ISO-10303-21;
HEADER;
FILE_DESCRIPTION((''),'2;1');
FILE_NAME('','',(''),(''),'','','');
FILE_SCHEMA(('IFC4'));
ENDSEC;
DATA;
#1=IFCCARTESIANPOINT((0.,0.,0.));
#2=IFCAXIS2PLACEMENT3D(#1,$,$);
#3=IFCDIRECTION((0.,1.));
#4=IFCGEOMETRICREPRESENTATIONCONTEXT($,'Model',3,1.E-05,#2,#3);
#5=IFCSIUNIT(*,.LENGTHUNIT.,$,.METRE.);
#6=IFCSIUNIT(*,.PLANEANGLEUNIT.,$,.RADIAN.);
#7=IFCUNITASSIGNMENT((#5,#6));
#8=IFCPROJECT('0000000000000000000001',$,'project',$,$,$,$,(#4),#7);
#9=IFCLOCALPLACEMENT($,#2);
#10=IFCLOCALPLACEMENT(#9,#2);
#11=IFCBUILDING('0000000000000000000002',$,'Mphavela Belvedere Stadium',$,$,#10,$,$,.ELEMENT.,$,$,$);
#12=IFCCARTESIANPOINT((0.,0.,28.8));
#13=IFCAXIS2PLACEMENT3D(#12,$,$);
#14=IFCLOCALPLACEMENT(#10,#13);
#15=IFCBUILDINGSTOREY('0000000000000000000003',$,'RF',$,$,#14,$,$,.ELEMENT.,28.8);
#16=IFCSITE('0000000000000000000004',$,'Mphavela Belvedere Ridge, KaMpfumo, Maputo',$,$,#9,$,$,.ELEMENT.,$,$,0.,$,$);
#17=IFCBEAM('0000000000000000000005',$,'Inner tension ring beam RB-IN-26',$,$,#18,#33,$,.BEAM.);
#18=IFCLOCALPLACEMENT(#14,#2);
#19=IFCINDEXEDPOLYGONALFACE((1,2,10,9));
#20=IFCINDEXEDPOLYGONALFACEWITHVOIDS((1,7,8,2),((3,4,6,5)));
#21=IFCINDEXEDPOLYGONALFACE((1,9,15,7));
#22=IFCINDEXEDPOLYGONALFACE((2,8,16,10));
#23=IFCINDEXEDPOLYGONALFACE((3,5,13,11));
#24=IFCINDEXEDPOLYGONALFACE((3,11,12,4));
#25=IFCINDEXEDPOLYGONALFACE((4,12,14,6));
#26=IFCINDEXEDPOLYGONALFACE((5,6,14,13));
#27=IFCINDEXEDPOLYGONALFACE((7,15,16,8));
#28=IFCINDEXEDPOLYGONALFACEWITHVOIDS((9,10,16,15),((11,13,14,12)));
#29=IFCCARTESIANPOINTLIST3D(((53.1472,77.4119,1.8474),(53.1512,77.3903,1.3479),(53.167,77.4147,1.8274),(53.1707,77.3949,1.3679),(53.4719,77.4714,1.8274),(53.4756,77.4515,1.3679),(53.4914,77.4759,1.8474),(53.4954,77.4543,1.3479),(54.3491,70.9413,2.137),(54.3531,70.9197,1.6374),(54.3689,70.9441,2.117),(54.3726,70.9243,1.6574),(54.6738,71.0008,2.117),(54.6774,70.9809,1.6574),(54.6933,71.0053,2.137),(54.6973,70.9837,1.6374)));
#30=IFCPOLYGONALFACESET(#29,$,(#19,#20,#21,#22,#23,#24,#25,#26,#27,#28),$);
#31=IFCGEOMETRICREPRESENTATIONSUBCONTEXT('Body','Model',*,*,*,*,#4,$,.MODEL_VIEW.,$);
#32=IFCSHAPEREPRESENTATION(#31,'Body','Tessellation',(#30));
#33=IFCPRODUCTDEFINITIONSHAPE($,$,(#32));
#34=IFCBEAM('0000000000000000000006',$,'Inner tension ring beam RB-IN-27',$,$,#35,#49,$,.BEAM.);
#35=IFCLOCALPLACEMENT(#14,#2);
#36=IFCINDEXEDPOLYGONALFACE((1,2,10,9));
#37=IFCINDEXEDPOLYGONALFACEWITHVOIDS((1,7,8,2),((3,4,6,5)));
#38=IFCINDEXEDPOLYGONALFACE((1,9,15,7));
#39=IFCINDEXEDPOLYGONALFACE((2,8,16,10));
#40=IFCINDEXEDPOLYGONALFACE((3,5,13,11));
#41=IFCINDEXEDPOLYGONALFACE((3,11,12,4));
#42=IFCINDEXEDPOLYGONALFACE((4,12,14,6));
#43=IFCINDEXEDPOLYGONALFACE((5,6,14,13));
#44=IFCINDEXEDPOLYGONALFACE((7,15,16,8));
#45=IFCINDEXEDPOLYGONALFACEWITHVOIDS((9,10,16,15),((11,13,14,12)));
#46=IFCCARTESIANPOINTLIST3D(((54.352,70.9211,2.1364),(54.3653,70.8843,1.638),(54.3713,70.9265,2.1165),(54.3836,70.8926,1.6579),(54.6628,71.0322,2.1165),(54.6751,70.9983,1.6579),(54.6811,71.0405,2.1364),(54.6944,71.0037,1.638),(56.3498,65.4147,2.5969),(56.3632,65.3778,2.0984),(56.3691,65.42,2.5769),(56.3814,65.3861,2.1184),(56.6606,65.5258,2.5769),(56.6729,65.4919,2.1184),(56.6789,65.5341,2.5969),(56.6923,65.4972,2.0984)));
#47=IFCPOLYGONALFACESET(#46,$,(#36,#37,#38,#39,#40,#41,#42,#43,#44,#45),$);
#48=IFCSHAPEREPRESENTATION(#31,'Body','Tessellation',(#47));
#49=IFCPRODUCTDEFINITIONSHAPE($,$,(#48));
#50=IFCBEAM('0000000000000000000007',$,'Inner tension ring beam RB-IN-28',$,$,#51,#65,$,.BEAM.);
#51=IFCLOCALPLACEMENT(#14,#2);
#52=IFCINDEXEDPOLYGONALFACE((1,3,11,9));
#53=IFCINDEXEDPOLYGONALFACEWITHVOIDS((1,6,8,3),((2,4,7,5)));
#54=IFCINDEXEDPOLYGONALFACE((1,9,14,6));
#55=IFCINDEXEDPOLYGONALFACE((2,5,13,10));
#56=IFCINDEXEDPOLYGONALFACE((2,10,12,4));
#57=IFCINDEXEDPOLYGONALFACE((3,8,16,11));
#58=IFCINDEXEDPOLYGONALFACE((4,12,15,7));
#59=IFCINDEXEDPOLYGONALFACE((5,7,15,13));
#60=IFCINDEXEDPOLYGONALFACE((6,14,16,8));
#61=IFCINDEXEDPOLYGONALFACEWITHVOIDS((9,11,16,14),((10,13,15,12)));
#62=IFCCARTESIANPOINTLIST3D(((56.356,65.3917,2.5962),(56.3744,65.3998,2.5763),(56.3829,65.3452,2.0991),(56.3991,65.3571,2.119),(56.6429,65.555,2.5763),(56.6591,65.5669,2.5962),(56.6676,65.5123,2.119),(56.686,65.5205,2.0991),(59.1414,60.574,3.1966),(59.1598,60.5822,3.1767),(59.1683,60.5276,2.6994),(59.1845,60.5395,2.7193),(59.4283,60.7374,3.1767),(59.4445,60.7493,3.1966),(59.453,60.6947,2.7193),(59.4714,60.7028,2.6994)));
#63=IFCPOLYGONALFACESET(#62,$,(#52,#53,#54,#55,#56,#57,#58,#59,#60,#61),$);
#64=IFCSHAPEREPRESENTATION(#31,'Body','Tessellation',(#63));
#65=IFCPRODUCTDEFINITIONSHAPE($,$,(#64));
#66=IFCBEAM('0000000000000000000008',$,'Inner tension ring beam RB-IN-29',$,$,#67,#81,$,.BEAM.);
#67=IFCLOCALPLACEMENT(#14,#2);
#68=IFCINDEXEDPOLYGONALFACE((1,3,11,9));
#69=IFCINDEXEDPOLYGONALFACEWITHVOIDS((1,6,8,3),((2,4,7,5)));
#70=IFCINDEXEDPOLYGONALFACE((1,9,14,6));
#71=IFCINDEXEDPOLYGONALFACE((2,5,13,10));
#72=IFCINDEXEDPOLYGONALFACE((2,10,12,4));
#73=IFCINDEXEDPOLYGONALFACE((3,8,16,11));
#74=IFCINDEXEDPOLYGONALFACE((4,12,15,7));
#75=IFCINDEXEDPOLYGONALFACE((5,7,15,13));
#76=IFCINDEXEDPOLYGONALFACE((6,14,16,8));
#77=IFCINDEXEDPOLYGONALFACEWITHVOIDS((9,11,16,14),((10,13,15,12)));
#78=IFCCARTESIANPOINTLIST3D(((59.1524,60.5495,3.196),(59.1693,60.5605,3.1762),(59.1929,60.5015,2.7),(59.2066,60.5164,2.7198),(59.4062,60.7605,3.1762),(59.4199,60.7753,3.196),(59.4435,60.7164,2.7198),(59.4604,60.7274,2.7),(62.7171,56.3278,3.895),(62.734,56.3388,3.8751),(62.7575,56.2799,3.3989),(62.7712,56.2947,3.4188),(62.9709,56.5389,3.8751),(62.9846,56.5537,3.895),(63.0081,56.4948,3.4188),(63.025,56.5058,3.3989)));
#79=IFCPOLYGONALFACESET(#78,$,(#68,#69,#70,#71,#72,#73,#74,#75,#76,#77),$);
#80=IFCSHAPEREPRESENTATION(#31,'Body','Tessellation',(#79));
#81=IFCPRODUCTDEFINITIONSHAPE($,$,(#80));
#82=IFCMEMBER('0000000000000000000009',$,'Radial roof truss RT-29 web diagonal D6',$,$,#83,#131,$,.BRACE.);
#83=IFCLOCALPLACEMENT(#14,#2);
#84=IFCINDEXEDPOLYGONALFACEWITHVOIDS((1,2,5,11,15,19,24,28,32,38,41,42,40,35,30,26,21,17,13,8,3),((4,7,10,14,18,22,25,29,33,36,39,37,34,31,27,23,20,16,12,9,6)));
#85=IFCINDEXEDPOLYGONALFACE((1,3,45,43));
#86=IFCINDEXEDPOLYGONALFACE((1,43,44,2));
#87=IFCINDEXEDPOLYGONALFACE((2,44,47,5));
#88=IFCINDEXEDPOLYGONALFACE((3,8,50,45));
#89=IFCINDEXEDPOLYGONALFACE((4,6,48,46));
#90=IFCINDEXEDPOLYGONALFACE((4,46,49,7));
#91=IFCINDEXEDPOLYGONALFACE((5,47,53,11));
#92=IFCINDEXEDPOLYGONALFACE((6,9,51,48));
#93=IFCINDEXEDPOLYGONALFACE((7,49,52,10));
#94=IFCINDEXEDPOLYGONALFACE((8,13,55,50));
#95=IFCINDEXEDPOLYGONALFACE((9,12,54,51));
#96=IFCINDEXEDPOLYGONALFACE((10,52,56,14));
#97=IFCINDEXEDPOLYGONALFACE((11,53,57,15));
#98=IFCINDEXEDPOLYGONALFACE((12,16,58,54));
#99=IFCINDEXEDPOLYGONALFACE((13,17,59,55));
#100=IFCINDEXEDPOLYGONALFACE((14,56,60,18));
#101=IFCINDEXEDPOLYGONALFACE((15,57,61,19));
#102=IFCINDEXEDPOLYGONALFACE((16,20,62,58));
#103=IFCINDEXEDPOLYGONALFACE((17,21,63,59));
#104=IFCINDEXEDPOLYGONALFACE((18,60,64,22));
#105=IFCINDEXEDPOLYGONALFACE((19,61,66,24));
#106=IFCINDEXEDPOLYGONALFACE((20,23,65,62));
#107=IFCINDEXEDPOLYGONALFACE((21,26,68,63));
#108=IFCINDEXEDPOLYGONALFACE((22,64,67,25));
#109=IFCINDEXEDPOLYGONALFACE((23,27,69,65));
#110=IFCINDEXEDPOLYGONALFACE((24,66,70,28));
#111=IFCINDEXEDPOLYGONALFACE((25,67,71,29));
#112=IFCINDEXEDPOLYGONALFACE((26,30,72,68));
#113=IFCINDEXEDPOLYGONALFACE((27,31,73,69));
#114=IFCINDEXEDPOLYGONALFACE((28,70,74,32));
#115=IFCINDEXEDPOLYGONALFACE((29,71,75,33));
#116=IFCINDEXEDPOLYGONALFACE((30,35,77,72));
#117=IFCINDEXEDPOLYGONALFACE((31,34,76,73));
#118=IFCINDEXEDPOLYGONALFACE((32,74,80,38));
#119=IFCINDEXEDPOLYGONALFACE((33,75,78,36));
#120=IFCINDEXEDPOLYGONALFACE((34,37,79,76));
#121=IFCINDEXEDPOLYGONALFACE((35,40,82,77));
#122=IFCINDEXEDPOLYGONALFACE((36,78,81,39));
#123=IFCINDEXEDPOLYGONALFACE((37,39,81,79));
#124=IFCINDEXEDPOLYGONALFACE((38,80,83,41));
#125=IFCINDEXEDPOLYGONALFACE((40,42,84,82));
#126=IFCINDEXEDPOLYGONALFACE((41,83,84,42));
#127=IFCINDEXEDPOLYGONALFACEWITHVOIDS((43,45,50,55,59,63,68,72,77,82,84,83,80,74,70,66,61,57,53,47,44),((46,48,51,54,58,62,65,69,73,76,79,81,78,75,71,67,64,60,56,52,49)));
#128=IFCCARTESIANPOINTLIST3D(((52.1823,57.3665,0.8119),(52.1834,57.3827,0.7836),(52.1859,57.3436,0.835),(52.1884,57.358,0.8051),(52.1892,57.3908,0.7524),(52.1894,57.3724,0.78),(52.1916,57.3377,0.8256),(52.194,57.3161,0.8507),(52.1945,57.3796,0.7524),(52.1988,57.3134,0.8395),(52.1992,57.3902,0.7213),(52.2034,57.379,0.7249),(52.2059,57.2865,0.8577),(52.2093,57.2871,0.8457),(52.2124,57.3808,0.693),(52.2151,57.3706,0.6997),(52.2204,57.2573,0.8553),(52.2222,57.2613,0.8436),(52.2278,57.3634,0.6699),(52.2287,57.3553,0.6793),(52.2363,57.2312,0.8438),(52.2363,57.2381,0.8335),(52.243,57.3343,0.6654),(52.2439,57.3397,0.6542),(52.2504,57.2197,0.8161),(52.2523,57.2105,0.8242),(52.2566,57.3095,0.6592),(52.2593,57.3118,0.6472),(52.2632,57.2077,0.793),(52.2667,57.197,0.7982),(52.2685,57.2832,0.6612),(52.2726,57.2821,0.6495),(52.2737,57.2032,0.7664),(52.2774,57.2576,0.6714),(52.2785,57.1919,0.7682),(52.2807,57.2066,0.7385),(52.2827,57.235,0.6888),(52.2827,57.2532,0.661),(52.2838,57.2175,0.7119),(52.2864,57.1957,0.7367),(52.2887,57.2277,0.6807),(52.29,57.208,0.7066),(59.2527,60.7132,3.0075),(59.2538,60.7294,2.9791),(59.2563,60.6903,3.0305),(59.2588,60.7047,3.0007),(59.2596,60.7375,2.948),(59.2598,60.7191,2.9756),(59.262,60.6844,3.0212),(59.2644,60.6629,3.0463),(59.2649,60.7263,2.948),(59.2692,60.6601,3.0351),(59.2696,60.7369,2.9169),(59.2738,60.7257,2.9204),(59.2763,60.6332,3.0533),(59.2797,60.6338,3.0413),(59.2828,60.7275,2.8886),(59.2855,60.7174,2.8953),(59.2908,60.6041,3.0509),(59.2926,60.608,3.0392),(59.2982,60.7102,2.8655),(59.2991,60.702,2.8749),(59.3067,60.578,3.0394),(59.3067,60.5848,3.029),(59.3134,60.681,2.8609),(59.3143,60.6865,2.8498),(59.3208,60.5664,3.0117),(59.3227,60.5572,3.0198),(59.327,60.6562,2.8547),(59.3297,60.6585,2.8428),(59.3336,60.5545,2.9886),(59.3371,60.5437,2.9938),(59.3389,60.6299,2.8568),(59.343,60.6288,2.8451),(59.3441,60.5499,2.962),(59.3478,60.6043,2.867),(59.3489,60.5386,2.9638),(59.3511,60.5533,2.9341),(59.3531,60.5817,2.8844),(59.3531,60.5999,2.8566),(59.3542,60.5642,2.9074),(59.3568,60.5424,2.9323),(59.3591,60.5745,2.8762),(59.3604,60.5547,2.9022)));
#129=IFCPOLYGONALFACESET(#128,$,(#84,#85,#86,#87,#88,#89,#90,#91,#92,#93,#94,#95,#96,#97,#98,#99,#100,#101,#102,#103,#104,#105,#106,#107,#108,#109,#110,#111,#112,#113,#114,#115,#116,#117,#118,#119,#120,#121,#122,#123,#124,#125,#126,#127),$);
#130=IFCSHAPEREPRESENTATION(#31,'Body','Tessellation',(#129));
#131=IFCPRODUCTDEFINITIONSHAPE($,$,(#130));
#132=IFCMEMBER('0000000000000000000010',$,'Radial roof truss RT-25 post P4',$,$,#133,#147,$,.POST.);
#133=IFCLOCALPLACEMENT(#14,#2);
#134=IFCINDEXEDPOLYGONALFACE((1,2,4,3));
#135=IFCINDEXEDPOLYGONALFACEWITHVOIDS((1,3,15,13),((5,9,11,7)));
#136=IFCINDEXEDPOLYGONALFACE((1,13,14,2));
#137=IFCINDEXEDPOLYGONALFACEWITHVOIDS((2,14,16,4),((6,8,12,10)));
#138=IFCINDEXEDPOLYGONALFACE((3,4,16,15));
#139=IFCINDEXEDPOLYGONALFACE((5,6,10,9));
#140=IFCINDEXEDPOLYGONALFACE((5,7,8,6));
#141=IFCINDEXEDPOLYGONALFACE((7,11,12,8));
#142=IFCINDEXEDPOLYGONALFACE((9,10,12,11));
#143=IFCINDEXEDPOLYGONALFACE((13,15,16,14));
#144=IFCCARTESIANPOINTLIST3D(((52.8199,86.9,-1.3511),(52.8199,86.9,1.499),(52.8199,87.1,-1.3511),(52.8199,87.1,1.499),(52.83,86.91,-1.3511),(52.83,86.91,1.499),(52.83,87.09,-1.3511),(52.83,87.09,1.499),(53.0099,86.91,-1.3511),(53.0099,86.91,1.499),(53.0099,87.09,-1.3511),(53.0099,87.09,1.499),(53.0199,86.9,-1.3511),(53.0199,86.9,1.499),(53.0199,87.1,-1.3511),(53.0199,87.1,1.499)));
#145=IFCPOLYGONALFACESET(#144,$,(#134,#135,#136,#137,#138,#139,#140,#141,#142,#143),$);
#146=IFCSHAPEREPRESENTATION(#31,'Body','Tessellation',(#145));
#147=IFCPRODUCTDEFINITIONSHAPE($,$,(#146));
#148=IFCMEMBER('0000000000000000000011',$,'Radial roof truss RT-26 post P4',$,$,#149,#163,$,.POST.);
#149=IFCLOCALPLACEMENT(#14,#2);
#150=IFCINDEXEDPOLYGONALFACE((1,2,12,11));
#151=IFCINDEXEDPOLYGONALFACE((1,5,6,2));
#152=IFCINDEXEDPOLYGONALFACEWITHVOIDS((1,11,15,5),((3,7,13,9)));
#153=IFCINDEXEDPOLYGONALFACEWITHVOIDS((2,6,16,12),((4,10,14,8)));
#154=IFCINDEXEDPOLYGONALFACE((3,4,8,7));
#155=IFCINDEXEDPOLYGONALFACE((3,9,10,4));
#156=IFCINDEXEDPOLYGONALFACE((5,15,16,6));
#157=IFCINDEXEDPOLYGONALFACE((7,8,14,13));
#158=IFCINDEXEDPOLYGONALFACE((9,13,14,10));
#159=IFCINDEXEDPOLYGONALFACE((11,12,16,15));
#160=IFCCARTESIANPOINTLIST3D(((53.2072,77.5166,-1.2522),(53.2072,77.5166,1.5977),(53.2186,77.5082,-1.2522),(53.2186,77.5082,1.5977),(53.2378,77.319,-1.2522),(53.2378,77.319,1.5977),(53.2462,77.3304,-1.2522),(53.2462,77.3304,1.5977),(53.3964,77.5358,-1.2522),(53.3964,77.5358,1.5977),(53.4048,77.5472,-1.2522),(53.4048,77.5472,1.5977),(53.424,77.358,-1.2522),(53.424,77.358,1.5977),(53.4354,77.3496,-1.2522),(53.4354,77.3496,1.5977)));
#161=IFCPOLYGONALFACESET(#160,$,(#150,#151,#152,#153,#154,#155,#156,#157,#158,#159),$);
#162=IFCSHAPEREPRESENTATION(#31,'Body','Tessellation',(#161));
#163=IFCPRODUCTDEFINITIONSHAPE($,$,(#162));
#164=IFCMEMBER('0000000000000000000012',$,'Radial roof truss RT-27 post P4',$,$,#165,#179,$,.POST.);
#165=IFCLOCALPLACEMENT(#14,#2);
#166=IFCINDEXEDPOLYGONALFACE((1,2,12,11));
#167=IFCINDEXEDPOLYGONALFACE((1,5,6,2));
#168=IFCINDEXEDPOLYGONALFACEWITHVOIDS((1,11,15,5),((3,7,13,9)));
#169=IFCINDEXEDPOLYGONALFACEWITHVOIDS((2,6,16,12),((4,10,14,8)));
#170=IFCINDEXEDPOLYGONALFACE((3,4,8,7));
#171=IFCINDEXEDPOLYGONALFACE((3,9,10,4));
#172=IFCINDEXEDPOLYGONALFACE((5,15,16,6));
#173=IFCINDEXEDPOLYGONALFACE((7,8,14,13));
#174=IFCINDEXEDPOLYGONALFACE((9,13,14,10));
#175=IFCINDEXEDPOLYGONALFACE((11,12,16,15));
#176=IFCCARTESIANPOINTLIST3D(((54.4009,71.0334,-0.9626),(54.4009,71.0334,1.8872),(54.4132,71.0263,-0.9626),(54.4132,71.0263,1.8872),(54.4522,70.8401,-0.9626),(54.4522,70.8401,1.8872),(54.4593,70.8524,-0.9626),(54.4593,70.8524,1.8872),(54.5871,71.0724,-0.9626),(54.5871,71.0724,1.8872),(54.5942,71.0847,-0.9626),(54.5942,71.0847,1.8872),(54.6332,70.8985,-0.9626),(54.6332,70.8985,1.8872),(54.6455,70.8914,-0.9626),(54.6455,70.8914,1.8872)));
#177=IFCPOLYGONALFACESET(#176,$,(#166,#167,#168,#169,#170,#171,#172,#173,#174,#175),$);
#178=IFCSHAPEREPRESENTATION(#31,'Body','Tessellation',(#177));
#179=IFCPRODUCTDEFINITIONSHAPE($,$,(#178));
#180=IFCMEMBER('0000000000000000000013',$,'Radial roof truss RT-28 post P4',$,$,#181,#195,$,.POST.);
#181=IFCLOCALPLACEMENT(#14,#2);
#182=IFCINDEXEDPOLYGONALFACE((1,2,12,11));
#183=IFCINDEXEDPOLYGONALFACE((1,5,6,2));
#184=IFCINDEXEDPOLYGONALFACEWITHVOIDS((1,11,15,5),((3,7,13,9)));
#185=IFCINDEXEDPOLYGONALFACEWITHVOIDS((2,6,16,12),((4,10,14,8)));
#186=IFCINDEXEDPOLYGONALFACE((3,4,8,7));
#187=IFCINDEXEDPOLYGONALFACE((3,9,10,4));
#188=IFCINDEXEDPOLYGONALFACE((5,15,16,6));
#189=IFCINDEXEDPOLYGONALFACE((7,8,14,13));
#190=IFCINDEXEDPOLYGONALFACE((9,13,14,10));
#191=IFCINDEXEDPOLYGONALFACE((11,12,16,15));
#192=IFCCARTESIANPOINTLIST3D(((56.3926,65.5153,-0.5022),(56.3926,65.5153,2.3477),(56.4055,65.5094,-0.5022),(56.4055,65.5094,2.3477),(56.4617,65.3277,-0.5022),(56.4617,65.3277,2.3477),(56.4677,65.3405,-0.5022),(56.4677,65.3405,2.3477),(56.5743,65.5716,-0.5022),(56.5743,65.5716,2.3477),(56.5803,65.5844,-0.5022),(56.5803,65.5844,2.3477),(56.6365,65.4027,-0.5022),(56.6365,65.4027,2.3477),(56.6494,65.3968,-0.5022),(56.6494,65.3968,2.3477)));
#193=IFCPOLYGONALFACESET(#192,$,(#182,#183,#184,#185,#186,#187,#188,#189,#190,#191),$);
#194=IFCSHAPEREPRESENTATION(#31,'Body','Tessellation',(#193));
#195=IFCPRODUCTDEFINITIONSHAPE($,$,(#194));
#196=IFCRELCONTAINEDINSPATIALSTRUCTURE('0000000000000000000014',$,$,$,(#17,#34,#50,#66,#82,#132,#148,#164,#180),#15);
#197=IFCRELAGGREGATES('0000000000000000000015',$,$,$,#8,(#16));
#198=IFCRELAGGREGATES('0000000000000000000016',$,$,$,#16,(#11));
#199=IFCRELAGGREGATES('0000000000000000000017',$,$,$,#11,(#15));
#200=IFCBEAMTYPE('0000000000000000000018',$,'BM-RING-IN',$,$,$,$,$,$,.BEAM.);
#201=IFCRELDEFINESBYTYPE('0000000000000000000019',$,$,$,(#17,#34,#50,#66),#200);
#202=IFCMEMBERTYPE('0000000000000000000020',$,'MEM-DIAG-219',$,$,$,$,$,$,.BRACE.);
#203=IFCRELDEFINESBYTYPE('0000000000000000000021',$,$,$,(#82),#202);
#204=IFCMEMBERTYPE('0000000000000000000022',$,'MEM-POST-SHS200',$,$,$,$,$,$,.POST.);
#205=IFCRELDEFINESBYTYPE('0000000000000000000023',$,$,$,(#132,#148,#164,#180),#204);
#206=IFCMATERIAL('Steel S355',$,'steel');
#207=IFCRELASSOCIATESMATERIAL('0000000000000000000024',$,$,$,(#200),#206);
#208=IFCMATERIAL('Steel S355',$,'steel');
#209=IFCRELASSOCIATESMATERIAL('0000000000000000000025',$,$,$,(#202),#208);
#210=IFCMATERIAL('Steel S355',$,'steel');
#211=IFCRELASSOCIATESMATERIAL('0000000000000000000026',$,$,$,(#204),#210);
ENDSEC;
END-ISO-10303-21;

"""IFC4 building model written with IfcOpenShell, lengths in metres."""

from ifc_helpers import new_model, si_unit, direction, frame, origin, origin_2d, place, context, subcontext, project, spatial, hollow_rectangle, hollow_circle, extrude, material, material_profile, profile_set, type_object, element, save


model = new_model("IFC4")

# Units and contexts
model_context = context("Model", 3, precision=1e-05, world=origin(), true_north=direction((0.0, 1.0)))
body_context = subcontext(model_context, "Body", "Model", "MODEL_VIEW")
ifc_project = project(units=[si_unit("LENGTHUNIT", "METRE"), si_unit("PLANEANGLEUNIT", "RADIAN")], contexts=[model_context])

# Site, building, storey
site_placement = place(None, origin())
site = spatial("IfcSite", under=ifc_project, at=site_placement, Name="Mphavela Belvedere Ridge, KaMpfumo, Maputo", CompositionType="ELEMENT", RefElevation=0.0)
building_placement = place(site_placement, origin())
building = spatial("IfcBuilding", under=site, at=building_placement, Name="Mphavela Belvedere Stadium", CompositionType="ELEMENT")
storey_placement = place(building_placement, frame((0.0, 0.0, 28.8)))
storey = spatial("IfcBuildingStorey", under=building, at=storey_placement, Name="RF", CompositionType="ELEMENT", Elevation=28.8)

# Beams
ifc_material_1 = material(Name="Steel S355", Category="steel")
ifc_material_profile_1 = material_profile(ifc_material_1, hollow_rectangle(XDim=0.3501, YDim=0.5, WallThickness=0.02, at=origin_2d()), Name="RHS 500x350x20")
ifc_profile_set_1 = profile_set([ifc_material_profile_1], Name="Steel S355")
beam_type = type_object("IfcBeamType", Name="BM-RING-IN", PredefinedType="BEAM", material=ifc_profile_set_1)
beam_1_placement = place(storey_placement, frame((53.3213, 77.4331, 1.5977), z_axis=(0.182445, -0.982233, 0.043953), x_axis=(0.983183, 0.182622, 0.0)))
element("IfcBeam", 1, at=beam_1_placement, inside=storey, type_object=beam_type, Name="Inner tension ring beam RB-IN-26", PredefinedType="BEAM", context=body_context, shape_type="SweptSolid", body=[
    extrude(hollow_rectangle(XDim=0.3501, YDim=0.5, WallThickness=0.02, at=origin_2d()), origin(), (0.0, 0.0, 1.0), 6.5876),
])
beam_2_placement = place(storey_placement, frame((54.5232, 70.9624, 1.8872), z_axis=(0.340015, -0.937149, 0.078366), x_axis=(0.94004, 0.341064, 0.0)))
element("IfcBeam", 2, at=beam_2_placement, inside=storey, type_object=beam_type, Name="Inner tension ring beam RB-IN-27", PredefinedType="BEAM", context=body_context, shape_type="SweptSolid", body=[
    extrude(hollow_rectangle(XDim=0.3501, YDim=0.5, WallThickness=0.02, at=origin_2d()), origin(), (0.0, 0.0, 1.0), 5.8757),
])
beam_3_placement = place(storey_placement, frame((56.521, 65.4561, 2.3477), z_axis=(0.497644, -0.860724, 0.107258), x_axis=(0.865718, 0.500531, 0.0)))
element("IfcBeam", 3, at=beam_3_placement, inside=storey, type_object=beam_type, Name="Inner tension ring beam RB-IN-28", PredefinedType="BEAM", context=body_context, shape_type="SweptSolid", body=[
    extrude(hollow_rectangle(XDim=0.3501, YDim=0.5, WallThickness=0.02, at=origin_2d()), origin(), (0.0, 0.0, 1.0), 5.5972),
])
beam_4_placement = place(storey_placement, frame((59.3064, 60.6384, 2.948), z_axis=(0.640051, -0.758013, 0.125503), x_axis=(0.764055, 0.645152, 0.0)))
element("IfcBeam", 4, at=beam_4_placement, inside=storey, type_object=beam_type, Name="Inner tension ring beam RB-IN-29", PredefinedType="BEAM", context=body_context, shape_type="SweptSolid", body=[
    extrude(hollow_rectangle(XDim=0.3501, YDim=0.5, WallThickness=0.02, at=origin_2d()), origin(), (0.0, 0.0, 1.0), 5.5693),
])

# Members
ifc_material_2 = material(Name="Steel S355", Category="steel")
ifc_material_profile_2 = material_profile(ifc_material_2, hollow_circle(Radius=0.1096, WallThickness=0.0125, at=origin_2d()), Name="CHS 219.1x12.5")
ifc_profile_set_2 = profile_set([ifc_material_profile_2], Name="Steel S355")
member_type_1 = type_object("IfcMemberType", Name="MEM-DIAG-219", PredefinedType="BRACE", material=ifc_profile_set_2)
member_1_placement = place(storey_placement, frame((52.2361, 57.2917, 0.7524), z_axis=(0.870229, 0.411916, 0.270234), x_axis=(-0.427834, 0.903857, 0.0)))
element("IfcMember", 5, at=member_1_placement, inside=storey, type_object=member_type_1, Name="Radial roof truss RT-29 web diagonal D6", PredefinedType="BRACE", context=body_context, shape_type="SweptSolid", body=[
    extrude(hollow_circle(Radius=0.1096, WallThickness=0.0125, at=origin_2d()), origin(), (0.0, 0.0, 1.0), 8.1248),
])
ifc_material_3 = material(Name="Steel S355", Category="steel")
ifc_material_profile_3 = material_profile(ifc_material_3, hollow_rectangle(XDim=0.2, YDim=0.2, WallThickness=0.01, at=origin_2d()), Name="SHS 200x200x10")
ifc_profile_set_3 = profile_set([ifc_material_profile_3], Name="Steel S355")
member_type_2 = type_object("IfcMemberType", Name="MEM-POST-SHS200", PredefinedType="POST", material=ifc_profile_set_3)
member_2_placement = place(storey_placement, frame((52.9199, 87.0, -1.3511), z_axis=(0.0, 0.0, 1.0), x_axis=(-1.0, 0.0, 0.0)))
element("IfcMember", 6, at=member_2_placement, inside=storey, type_object=member_type_2, Name="Radial roof truss RT-25 post P4", PredefinedType="POST", context=body_context, shape_type="SweptSolid", body=[
    extrude(hollow_rectangle(XDim=0.2, YDim=0.2, WallThickness=0.01, at=origin_2d()), origin(), (0.0, 0.0, 1.0), 2.8501),
])
for number, where, z_axis, x_axis, name in (
    (7, (53.3213, 77.4331, -1.2522), (0.0, 0.0, 1.0), (-0.988175, -0.153331, 0.0), "Radial roof truss RT-26 post P4"),
    (8, (54.5232, 70.9624, -0.9626), (0.0, 0.0, 1.0), (-0.9666, -0.256289, 0.0), "Radial roof truss RT-27 post P4"),
    (9, (56.521, 65.4561, -0.5022), (0.0, 0.0, 1.0), (-0.938372, -0.345626, 0.0), "Radial roof truss RT-28 post P4"),
):
    element("IfcMember", number, at=place(storey_placement, frame(where, z_axis=z_axis, x_axis=x_axis)), inside=storey, type_object=member_type_2, Name=name, PredefinedType="POST", context=body_context, shape_type="SweptSolid", body=[
        extrude(hollow_rectangle(XDim=0.2, YDim=0.2, WallThickness=0.01, at=origin_2d()), origin(), (0.0, 0.0, 1.0), 2.8499),
    ])

save(model, "model.ifc")
